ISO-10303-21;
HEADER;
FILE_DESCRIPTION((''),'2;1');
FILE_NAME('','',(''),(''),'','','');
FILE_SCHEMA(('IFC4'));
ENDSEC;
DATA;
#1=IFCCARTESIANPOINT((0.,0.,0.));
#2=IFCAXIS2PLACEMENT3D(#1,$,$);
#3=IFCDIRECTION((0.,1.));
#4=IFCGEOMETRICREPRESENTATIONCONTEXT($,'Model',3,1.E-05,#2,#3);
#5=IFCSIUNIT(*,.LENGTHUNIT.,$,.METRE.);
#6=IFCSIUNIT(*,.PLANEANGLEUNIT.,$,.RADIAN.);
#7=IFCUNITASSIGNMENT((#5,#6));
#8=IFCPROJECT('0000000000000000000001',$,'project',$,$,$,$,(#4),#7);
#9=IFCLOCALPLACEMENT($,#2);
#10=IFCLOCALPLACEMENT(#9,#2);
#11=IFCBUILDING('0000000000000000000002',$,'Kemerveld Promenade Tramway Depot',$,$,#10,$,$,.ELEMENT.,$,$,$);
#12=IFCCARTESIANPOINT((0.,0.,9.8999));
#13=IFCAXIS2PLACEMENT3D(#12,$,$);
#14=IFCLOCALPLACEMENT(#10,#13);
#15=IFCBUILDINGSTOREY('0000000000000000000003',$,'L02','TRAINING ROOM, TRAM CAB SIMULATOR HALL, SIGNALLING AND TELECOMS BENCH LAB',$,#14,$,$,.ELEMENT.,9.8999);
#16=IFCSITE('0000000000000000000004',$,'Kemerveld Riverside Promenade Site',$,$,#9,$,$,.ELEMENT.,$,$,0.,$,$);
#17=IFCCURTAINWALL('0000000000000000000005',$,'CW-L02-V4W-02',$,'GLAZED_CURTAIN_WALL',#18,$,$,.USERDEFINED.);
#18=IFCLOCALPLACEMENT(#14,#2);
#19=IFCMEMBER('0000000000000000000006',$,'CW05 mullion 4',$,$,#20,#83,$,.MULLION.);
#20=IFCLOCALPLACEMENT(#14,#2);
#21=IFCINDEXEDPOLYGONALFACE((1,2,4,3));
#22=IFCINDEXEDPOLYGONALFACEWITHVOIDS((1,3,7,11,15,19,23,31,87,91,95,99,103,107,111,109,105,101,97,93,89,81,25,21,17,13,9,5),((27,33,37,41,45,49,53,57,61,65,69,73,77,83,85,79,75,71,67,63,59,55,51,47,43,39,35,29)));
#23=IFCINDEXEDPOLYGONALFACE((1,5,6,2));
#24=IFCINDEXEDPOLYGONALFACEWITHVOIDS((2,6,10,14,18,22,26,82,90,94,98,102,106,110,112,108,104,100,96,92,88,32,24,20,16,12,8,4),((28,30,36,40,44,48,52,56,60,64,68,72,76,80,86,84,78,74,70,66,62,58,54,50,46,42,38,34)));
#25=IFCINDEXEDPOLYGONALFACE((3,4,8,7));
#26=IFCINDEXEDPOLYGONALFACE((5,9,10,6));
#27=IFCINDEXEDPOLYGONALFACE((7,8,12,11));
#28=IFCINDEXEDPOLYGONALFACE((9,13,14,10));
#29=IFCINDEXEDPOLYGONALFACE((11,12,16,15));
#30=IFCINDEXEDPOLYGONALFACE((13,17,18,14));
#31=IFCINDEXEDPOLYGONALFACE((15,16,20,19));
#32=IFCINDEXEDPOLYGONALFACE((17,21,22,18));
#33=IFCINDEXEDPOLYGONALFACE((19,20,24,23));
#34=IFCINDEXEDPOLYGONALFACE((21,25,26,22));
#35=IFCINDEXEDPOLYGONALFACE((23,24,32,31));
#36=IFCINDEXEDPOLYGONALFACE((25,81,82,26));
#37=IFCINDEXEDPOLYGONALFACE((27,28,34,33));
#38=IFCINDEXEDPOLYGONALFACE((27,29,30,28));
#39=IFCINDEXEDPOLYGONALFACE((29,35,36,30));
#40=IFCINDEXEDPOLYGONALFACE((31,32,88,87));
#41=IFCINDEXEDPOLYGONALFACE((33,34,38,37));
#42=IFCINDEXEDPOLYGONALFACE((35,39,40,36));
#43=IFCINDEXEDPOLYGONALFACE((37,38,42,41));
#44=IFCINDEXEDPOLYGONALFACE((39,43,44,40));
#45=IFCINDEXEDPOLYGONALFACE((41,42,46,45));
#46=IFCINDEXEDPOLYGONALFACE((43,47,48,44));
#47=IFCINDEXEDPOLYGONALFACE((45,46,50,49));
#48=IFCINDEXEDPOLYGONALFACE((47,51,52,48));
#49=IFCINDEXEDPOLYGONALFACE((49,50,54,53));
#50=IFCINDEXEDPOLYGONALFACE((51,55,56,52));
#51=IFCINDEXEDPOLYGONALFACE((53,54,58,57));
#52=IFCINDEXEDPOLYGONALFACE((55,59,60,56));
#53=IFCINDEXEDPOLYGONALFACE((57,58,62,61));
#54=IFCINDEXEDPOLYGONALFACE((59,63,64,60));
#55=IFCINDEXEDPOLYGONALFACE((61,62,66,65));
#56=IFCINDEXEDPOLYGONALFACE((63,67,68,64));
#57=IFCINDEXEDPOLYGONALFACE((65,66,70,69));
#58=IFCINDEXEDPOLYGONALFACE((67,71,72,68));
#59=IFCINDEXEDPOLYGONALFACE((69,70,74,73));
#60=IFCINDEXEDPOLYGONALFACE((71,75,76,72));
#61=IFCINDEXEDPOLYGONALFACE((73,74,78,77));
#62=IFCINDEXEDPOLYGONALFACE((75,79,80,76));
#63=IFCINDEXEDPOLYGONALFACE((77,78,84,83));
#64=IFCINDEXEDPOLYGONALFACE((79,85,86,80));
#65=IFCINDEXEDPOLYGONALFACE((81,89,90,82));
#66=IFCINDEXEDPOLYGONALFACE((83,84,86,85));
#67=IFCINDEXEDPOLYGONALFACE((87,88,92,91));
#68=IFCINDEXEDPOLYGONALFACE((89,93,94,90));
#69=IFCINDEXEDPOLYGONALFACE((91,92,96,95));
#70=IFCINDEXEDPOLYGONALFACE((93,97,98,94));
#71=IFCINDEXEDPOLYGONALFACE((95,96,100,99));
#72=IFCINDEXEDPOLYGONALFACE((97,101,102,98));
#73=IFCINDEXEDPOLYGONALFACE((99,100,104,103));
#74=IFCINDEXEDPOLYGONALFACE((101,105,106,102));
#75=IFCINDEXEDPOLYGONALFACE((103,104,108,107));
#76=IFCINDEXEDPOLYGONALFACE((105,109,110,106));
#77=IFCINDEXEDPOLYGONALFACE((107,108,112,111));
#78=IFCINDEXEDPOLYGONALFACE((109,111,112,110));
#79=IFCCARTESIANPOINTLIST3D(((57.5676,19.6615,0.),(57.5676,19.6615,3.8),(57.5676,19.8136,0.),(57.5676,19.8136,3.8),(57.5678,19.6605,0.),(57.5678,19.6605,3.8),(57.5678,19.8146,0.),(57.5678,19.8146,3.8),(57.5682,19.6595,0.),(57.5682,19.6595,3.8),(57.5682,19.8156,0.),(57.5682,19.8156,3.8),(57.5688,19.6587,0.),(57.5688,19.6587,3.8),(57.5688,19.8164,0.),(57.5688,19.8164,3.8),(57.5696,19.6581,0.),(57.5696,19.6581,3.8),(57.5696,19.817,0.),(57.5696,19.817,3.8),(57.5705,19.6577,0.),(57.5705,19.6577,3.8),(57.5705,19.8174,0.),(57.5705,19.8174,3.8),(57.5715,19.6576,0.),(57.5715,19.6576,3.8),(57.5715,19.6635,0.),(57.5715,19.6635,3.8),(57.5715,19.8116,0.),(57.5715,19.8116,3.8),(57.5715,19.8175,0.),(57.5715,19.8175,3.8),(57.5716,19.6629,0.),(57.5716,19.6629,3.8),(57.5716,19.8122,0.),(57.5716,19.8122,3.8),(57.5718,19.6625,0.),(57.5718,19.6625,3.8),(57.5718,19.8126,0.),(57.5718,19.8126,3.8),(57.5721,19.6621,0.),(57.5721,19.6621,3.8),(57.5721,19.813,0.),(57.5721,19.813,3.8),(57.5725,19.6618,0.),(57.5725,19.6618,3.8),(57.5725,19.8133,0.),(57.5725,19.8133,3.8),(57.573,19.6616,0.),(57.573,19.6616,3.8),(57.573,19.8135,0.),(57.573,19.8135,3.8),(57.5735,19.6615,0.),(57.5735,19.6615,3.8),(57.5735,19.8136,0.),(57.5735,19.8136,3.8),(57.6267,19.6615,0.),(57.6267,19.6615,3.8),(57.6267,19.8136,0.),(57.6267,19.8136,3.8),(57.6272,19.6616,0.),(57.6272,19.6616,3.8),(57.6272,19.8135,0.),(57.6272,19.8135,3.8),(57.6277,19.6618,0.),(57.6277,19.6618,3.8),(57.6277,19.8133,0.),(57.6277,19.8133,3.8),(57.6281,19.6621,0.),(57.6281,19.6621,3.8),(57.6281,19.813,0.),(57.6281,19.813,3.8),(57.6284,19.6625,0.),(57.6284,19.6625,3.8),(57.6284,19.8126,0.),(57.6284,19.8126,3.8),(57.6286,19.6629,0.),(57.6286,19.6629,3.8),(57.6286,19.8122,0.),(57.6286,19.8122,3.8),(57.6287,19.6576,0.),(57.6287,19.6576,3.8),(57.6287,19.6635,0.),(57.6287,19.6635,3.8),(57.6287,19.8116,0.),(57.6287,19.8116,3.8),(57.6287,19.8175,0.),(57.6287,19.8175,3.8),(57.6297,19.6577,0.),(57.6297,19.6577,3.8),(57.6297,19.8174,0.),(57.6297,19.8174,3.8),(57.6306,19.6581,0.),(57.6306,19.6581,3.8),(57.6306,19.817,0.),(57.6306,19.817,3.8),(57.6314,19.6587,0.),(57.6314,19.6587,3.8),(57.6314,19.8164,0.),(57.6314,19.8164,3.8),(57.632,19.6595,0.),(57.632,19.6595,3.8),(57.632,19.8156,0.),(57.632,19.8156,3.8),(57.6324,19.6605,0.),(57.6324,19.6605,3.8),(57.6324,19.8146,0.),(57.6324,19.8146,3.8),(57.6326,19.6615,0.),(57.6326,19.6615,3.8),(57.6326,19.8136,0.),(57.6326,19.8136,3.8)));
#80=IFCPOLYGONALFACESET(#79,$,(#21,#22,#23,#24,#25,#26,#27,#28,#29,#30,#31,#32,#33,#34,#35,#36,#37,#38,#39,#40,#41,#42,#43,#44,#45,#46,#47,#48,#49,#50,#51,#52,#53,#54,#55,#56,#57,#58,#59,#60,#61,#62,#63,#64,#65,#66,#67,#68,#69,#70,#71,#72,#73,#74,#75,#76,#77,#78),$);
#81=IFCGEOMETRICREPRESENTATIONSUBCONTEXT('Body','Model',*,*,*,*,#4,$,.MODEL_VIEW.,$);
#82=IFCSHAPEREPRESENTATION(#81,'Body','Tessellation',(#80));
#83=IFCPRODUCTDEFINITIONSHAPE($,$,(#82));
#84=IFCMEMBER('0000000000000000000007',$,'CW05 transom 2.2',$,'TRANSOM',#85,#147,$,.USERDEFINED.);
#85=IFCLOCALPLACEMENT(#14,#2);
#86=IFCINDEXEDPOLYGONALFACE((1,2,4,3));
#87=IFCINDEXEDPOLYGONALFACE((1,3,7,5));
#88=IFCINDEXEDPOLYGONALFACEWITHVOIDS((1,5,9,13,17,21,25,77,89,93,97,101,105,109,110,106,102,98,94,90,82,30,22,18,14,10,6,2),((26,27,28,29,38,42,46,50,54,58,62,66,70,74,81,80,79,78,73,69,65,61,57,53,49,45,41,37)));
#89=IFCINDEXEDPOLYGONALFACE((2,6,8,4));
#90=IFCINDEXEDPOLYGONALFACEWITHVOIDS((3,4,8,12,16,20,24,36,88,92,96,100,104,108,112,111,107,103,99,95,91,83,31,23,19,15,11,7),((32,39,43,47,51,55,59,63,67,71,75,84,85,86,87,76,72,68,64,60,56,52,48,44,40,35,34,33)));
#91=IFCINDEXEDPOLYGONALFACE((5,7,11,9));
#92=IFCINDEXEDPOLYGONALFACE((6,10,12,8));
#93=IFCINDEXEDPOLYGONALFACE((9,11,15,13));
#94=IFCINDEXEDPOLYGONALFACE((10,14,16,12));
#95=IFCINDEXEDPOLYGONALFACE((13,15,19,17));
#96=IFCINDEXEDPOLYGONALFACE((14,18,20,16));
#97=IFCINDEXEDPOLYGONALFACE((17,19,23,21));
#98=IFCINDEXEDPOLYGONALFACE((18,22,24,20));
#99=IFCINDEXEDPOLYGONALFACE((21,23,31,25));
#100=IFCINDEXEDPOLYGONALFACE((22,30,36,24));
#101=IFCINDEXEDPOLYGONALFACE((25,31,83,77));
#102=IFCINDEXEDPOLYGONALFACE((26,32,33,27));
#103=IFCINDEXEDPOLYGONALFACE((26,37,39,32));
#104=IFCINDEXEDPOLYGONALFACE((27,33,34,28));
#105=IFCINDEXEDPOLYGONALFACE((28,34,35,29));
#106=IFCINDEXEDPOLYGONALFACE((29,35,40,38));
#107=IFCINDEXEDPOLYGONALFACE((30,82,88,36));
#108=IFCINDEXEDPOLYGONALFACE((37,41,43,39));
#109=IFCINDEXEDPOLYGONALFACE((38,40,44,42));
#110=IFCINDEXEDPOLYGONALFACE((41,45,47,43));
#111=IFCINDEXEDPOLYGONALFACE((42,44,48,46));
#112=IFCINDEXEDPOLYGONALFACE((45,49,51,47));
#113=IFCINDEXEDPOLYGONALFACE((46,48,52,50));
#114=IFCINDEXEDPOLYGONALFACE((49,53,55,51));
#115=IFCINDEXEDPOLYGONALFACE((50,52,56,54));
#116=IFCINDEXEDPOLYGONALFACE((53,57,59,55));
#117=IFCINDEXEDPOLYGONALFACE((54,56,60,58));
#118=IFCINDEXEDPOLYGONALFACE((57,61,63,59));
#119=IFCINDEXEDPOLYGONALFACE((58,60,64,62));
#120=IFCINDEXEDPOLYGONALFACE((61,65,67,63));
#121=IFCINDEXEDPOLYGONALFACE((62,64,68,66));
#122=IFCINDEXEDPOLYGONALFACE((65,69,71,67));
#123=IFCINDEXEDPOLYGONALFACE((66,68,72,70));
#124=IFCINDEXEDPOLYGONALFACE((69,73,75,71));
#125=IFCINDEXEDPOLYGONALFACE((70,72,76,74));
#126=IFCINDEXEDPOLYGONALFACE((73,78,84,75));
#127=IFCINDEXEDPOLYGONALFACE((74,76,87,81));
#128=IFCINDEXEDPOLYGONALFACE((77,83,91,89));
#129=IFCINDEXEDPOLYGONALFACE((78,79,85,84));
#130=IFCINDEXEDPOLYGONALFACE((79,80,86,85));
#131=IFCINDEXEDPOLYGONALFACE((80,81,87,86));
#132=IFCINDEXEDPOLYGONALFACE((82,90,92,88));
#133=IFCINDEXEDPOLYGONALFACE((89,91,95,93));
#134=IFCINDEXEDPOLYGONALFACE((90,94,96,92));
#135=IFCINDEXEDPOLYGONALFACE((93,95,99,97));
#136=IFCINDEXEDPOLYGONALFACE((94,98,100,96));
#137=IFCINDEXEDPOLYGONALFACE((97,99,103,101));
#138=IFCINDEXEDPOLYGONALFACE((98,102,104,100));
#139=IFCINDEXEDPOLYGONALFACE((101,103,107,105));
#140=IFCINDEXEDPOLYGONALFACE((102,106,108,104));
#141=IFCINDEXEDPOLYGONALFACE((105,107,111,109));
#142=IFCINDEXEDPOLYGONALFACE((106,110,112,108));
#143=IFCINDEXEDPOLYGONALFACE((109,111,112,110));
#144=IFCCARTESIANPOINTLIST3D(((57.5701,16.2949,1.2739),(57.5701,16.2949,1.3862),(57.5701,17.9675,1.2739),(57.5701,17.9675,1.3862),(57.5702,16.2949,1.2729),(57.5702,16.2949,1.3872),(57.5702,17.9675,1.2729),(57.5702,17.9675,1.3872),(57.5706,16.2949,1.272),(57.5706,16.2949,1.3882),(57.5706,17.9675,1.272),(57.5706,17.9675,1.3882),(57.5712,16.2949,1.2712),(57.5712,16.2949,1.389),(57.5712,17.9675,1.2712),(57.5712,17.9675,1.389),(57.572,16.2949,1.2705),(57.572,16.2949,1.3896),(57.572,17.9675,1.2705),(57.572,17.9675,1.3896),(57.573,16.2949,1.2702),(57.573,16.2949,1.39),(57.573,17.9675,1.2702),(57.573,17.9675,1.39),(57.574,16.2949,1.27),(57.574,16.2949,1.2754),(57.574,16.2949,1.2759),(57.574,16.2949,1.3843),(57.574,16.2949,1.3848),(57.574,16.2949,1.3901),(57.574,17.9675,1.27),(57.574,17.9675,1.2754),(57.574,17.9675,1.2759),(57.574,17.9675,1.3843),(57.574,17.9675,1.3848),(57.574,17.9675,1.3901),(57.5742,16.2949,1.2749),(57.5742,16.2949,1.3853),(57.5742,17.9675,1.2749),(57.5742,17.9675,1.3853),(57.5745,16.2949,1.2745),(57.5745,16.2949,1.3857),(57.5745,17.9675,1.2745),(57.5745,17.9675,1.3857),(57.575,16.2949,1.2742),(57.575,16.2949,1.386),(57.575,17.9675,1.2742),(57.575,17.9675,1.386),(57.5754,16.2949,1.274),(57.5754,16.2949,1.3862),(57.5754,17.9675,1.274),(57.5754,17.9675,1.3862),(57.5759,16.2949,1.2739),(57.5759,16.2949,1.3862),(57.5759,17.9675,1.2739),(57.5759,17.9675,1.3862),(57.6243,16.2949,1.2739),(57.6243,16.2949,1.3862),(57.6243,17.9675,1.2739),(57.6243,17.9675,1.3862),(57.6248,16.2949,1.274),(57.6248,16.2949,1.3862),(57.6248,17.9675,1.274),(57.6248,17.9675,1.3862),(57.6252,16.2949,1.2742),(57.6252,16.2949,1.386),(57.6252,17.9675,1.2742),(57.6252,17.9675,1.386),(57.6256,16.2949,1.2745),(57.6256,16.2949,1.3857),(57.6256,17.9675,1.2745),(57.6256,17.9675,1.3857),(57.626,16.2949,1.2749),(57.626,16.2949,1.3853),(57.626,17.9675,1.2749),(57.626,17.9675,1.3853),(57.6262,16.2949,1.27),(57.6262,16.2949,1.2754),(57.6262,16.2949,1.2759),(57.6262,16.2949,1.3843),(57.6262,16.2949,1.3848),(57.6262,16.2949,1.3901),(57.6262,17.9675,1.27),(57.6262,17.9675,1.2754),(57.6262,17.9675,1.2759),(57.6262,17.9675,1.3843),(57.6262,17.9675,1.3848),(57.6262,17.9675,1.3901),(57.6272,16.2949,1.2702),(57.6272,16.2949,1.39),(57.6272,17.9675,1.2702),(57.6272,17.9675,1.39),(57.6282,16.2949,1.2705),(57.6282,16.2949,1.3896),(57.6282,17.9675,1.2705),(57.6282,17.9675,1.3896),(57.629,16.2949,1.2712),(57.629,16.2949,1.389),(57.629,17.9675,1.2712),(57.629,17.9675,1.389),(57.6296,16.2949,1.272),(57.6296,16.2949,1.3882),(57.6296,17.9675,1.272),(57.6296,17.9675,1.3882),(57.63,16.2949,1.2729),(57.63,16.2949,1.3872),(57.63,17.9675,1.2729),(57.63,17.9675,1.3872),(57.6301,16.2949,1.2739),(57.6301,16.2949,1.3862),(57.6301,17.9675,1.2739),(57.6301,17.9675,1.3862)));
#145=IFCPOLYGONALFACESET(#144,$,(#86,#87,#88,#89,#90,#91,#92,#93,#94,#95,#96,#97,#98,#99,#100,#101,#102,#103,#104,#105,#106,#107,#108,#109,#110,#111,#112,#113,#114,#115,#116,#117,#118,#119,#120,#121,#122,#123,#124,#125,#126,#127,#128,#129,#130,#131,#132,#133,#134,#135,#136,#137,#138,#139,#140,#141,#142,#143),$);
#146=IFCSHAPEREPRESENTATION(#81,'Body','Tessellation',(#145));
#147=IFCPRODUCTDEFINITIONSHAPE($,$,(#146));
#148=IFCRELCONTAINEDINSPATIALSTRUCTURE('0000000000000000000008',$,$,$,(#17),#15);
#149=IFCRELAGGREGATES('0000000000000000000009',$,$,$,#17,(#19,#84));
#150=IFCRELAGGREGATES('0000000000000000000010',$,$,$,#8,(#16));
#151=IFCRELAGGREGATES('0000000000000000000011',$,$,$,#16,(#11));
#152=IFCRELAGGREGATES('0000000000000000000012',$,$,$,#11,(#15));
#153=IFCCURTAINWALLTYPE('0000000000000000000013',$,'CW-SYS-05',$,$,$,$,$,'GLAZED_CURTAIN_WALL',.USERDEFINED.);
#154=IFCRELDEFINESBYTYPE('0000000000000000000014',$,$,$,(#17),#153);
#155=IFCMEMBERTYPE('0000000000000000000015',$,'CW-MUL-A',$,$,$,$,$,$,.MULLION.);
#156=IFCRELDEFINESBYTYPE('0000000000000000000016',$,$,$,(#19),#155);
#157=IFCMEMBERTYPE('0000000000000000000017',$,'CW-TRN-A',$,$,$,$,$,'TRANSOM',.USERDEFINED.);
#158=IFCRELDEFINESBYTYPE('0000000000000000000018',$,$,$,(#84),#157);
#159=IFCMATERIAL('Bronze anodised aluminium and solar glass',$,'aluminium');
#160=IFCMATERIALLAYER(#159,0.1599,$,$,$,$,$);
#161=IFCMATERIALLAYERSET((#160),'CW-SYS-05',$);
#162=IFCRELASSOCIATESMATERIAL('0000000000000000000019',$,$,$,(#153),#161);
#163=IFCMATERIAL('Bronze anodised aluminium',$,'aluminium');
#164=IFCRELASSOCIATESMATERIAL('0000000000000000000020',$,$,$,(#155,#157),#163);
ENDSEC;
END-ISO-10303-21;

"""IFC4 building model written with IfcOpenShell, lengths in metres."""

from ifc_helpers import new_model, si_unit, direction, frame, origin, origin_2d, place, context, subcontext, project, spatial, hollow_rectangle, extrude, material, layer, layer_set, material_profile, profile_set, type_object, element, aggregate, save


model = new_model("IFC4")

# Units and contexts
model_context = context("Model", 3, precision=1e-05, world=origin(), true_north=direction((0.0, 1.0)))
body_context = subcontext(model_context, "Body", "Model", "MODEL_VIEW")
ifc_project = project(units=[si_unit("LENGTHUNIT", "METRE"), si_unit("PLANEANGLEUNIT", "RADIAN")], contexts=[model_context])

# Site, building, storey
site_placement = place(None, origin())
site = spatial("IfcSite", under=ifc_project, at=site_placement, Name="Kemerveld Riverside Promenade Site", CompositionType="ELEMENT", RefElevation=0.0)
building_placement = place(site_placement, origin())
building = spatial("IfcBuilding", under=site, at=building_placement, Name="Kemerveld Promenade Tramway Depot", CompositionType="ELEMENT")
storey_placement = place(building_placement, frame((0.0, 0.0, 9.8999)))
storey = spatial("IfcBuildingStorey", under=building, at=storey_placement, Name="L02", Description="TRAINING ROOM, TRAM CAB SIMULATOR HALL, SIGNALLING AND TELECOMS BENCH LAB", CompositionType="ELEMENT", Elevation=9.8999)

# Curtain wall, members
ifc_material_1 = material(Name="Bronze anodised aluminium and solar glass", Category="aluminium")
ifc_layer_1 = layer(ifc_material_1, 0.1599)
ifc_layer_set_1 = layer_set([ifc_layer_1], Name="CW-SYS-05")
curtain_wall_type = type_object("IfcCurtainWallType", Name="CW-SYS-05", ElementType="GLAZED_CURTAIN_WALL", PredefinedType="USERDEFINED", material=ifc_layer_set_1)
curtain_wall_placement = place(storey_placement, origin())
curtain_wall = element("IfcCurtainWall", 1, at=curtain_wall_placement, inside=storey, type_object=curtain_wall_type, Name="CW-L02-V4W-02", ObjectType="GLAZED_CURTAIN_WALL", PredefinedType="USERDEFINED")
ifc_material_2 = material(Name="Bronze anodised aluminium", Category="aluminium")
ifc_material_profile_1 = material_profile(ifc_material_2, hollow_rectangle(XDim=0.0649, YDim=0.1599, WallThickness=0.0039, InnerFilletRadius=0.002, OuterFilletRadius=0.0039, at=origin_2d()), Name="CW-MUL-160x65")
ifc_profile_set_1 = profile_set([ifc_material_profile_1], Name="Bronze anodised aluminium")
member_type_1 = type_object("IfcMemberType", Name="CW-MUL-A", PredefinedType="MULLION", material=ifc_profile_set_1)
member_1_placement = place(storey_placement, frame((57.6001, 19.7375, 0.0), z_axis=(0.0, 0.0, 1.0), x_axis=(-1.0, 0.0, 0.0)))
member_1 = element("IfcMember", 2, at=member_1_placement, type_object=member_type_1, Name="CW05 mullion 4", PredefinedType="MULLION", context=body_context, shape_type="SweptSolid", body=[
    extrude(hollow_rectangle(XDim=0.0649, YDim=0.1599, WallThickness=0.0039, InnerFilletRadius=0.002, OuterFilletRadius=0.0039, at=origin_2d()), origin(), (0.0, 0.0, 1.0), 3.8),
])
ifc_material_profile_2 = material_profile(ifc_material_2, hollow_rectangle(XDim=0.0601, YDim=0.1201, WallThickness=0.0039, InnerFilletRadius=0.002, OuterFilletRadius=0.0039, at=origin_2d()), Name="CW-TRN-120x60")
ifc_profile_set_2 = profile_set([ifc_material_profile_2], Name="Bronze anodised aluminium")
member_type_2 = type_object("IfcMemberType", Name="CW-TRN-A", ElementType="TRANSOM", PredefinedType="USERDEFINED", material=ifc_profile_set_2)
member_2_placement = place(storey_placement, frame((57.6001, 16.2949, 1.3301), z_axis=(0.0, 1.0, 0.0), x_axis=(-1.0, 0.0, 0.0)))
member_2 = element("IfcMember", 3, at=member_2_placement, type_object=member_type_2, Name="CW05 transom 2.2", ObjectType="TRANSOM", PredefinedType="USERDEFINED", context=body_context, shape_type="SweptSolid", body=[
    extrude(hollow_rectangle(XDim=0.0601, YDim=0.1201, WallThickness=0.0039, InnerFilletRadius=0.002, OuterFilletRadius=0.0039, at=origin_2d()), origin(), (0.0, 0.0, 1.0), 1.6726),
])

aggregate(curtain_wall, [member_1, member_2])

save(model, "model.ifc")
